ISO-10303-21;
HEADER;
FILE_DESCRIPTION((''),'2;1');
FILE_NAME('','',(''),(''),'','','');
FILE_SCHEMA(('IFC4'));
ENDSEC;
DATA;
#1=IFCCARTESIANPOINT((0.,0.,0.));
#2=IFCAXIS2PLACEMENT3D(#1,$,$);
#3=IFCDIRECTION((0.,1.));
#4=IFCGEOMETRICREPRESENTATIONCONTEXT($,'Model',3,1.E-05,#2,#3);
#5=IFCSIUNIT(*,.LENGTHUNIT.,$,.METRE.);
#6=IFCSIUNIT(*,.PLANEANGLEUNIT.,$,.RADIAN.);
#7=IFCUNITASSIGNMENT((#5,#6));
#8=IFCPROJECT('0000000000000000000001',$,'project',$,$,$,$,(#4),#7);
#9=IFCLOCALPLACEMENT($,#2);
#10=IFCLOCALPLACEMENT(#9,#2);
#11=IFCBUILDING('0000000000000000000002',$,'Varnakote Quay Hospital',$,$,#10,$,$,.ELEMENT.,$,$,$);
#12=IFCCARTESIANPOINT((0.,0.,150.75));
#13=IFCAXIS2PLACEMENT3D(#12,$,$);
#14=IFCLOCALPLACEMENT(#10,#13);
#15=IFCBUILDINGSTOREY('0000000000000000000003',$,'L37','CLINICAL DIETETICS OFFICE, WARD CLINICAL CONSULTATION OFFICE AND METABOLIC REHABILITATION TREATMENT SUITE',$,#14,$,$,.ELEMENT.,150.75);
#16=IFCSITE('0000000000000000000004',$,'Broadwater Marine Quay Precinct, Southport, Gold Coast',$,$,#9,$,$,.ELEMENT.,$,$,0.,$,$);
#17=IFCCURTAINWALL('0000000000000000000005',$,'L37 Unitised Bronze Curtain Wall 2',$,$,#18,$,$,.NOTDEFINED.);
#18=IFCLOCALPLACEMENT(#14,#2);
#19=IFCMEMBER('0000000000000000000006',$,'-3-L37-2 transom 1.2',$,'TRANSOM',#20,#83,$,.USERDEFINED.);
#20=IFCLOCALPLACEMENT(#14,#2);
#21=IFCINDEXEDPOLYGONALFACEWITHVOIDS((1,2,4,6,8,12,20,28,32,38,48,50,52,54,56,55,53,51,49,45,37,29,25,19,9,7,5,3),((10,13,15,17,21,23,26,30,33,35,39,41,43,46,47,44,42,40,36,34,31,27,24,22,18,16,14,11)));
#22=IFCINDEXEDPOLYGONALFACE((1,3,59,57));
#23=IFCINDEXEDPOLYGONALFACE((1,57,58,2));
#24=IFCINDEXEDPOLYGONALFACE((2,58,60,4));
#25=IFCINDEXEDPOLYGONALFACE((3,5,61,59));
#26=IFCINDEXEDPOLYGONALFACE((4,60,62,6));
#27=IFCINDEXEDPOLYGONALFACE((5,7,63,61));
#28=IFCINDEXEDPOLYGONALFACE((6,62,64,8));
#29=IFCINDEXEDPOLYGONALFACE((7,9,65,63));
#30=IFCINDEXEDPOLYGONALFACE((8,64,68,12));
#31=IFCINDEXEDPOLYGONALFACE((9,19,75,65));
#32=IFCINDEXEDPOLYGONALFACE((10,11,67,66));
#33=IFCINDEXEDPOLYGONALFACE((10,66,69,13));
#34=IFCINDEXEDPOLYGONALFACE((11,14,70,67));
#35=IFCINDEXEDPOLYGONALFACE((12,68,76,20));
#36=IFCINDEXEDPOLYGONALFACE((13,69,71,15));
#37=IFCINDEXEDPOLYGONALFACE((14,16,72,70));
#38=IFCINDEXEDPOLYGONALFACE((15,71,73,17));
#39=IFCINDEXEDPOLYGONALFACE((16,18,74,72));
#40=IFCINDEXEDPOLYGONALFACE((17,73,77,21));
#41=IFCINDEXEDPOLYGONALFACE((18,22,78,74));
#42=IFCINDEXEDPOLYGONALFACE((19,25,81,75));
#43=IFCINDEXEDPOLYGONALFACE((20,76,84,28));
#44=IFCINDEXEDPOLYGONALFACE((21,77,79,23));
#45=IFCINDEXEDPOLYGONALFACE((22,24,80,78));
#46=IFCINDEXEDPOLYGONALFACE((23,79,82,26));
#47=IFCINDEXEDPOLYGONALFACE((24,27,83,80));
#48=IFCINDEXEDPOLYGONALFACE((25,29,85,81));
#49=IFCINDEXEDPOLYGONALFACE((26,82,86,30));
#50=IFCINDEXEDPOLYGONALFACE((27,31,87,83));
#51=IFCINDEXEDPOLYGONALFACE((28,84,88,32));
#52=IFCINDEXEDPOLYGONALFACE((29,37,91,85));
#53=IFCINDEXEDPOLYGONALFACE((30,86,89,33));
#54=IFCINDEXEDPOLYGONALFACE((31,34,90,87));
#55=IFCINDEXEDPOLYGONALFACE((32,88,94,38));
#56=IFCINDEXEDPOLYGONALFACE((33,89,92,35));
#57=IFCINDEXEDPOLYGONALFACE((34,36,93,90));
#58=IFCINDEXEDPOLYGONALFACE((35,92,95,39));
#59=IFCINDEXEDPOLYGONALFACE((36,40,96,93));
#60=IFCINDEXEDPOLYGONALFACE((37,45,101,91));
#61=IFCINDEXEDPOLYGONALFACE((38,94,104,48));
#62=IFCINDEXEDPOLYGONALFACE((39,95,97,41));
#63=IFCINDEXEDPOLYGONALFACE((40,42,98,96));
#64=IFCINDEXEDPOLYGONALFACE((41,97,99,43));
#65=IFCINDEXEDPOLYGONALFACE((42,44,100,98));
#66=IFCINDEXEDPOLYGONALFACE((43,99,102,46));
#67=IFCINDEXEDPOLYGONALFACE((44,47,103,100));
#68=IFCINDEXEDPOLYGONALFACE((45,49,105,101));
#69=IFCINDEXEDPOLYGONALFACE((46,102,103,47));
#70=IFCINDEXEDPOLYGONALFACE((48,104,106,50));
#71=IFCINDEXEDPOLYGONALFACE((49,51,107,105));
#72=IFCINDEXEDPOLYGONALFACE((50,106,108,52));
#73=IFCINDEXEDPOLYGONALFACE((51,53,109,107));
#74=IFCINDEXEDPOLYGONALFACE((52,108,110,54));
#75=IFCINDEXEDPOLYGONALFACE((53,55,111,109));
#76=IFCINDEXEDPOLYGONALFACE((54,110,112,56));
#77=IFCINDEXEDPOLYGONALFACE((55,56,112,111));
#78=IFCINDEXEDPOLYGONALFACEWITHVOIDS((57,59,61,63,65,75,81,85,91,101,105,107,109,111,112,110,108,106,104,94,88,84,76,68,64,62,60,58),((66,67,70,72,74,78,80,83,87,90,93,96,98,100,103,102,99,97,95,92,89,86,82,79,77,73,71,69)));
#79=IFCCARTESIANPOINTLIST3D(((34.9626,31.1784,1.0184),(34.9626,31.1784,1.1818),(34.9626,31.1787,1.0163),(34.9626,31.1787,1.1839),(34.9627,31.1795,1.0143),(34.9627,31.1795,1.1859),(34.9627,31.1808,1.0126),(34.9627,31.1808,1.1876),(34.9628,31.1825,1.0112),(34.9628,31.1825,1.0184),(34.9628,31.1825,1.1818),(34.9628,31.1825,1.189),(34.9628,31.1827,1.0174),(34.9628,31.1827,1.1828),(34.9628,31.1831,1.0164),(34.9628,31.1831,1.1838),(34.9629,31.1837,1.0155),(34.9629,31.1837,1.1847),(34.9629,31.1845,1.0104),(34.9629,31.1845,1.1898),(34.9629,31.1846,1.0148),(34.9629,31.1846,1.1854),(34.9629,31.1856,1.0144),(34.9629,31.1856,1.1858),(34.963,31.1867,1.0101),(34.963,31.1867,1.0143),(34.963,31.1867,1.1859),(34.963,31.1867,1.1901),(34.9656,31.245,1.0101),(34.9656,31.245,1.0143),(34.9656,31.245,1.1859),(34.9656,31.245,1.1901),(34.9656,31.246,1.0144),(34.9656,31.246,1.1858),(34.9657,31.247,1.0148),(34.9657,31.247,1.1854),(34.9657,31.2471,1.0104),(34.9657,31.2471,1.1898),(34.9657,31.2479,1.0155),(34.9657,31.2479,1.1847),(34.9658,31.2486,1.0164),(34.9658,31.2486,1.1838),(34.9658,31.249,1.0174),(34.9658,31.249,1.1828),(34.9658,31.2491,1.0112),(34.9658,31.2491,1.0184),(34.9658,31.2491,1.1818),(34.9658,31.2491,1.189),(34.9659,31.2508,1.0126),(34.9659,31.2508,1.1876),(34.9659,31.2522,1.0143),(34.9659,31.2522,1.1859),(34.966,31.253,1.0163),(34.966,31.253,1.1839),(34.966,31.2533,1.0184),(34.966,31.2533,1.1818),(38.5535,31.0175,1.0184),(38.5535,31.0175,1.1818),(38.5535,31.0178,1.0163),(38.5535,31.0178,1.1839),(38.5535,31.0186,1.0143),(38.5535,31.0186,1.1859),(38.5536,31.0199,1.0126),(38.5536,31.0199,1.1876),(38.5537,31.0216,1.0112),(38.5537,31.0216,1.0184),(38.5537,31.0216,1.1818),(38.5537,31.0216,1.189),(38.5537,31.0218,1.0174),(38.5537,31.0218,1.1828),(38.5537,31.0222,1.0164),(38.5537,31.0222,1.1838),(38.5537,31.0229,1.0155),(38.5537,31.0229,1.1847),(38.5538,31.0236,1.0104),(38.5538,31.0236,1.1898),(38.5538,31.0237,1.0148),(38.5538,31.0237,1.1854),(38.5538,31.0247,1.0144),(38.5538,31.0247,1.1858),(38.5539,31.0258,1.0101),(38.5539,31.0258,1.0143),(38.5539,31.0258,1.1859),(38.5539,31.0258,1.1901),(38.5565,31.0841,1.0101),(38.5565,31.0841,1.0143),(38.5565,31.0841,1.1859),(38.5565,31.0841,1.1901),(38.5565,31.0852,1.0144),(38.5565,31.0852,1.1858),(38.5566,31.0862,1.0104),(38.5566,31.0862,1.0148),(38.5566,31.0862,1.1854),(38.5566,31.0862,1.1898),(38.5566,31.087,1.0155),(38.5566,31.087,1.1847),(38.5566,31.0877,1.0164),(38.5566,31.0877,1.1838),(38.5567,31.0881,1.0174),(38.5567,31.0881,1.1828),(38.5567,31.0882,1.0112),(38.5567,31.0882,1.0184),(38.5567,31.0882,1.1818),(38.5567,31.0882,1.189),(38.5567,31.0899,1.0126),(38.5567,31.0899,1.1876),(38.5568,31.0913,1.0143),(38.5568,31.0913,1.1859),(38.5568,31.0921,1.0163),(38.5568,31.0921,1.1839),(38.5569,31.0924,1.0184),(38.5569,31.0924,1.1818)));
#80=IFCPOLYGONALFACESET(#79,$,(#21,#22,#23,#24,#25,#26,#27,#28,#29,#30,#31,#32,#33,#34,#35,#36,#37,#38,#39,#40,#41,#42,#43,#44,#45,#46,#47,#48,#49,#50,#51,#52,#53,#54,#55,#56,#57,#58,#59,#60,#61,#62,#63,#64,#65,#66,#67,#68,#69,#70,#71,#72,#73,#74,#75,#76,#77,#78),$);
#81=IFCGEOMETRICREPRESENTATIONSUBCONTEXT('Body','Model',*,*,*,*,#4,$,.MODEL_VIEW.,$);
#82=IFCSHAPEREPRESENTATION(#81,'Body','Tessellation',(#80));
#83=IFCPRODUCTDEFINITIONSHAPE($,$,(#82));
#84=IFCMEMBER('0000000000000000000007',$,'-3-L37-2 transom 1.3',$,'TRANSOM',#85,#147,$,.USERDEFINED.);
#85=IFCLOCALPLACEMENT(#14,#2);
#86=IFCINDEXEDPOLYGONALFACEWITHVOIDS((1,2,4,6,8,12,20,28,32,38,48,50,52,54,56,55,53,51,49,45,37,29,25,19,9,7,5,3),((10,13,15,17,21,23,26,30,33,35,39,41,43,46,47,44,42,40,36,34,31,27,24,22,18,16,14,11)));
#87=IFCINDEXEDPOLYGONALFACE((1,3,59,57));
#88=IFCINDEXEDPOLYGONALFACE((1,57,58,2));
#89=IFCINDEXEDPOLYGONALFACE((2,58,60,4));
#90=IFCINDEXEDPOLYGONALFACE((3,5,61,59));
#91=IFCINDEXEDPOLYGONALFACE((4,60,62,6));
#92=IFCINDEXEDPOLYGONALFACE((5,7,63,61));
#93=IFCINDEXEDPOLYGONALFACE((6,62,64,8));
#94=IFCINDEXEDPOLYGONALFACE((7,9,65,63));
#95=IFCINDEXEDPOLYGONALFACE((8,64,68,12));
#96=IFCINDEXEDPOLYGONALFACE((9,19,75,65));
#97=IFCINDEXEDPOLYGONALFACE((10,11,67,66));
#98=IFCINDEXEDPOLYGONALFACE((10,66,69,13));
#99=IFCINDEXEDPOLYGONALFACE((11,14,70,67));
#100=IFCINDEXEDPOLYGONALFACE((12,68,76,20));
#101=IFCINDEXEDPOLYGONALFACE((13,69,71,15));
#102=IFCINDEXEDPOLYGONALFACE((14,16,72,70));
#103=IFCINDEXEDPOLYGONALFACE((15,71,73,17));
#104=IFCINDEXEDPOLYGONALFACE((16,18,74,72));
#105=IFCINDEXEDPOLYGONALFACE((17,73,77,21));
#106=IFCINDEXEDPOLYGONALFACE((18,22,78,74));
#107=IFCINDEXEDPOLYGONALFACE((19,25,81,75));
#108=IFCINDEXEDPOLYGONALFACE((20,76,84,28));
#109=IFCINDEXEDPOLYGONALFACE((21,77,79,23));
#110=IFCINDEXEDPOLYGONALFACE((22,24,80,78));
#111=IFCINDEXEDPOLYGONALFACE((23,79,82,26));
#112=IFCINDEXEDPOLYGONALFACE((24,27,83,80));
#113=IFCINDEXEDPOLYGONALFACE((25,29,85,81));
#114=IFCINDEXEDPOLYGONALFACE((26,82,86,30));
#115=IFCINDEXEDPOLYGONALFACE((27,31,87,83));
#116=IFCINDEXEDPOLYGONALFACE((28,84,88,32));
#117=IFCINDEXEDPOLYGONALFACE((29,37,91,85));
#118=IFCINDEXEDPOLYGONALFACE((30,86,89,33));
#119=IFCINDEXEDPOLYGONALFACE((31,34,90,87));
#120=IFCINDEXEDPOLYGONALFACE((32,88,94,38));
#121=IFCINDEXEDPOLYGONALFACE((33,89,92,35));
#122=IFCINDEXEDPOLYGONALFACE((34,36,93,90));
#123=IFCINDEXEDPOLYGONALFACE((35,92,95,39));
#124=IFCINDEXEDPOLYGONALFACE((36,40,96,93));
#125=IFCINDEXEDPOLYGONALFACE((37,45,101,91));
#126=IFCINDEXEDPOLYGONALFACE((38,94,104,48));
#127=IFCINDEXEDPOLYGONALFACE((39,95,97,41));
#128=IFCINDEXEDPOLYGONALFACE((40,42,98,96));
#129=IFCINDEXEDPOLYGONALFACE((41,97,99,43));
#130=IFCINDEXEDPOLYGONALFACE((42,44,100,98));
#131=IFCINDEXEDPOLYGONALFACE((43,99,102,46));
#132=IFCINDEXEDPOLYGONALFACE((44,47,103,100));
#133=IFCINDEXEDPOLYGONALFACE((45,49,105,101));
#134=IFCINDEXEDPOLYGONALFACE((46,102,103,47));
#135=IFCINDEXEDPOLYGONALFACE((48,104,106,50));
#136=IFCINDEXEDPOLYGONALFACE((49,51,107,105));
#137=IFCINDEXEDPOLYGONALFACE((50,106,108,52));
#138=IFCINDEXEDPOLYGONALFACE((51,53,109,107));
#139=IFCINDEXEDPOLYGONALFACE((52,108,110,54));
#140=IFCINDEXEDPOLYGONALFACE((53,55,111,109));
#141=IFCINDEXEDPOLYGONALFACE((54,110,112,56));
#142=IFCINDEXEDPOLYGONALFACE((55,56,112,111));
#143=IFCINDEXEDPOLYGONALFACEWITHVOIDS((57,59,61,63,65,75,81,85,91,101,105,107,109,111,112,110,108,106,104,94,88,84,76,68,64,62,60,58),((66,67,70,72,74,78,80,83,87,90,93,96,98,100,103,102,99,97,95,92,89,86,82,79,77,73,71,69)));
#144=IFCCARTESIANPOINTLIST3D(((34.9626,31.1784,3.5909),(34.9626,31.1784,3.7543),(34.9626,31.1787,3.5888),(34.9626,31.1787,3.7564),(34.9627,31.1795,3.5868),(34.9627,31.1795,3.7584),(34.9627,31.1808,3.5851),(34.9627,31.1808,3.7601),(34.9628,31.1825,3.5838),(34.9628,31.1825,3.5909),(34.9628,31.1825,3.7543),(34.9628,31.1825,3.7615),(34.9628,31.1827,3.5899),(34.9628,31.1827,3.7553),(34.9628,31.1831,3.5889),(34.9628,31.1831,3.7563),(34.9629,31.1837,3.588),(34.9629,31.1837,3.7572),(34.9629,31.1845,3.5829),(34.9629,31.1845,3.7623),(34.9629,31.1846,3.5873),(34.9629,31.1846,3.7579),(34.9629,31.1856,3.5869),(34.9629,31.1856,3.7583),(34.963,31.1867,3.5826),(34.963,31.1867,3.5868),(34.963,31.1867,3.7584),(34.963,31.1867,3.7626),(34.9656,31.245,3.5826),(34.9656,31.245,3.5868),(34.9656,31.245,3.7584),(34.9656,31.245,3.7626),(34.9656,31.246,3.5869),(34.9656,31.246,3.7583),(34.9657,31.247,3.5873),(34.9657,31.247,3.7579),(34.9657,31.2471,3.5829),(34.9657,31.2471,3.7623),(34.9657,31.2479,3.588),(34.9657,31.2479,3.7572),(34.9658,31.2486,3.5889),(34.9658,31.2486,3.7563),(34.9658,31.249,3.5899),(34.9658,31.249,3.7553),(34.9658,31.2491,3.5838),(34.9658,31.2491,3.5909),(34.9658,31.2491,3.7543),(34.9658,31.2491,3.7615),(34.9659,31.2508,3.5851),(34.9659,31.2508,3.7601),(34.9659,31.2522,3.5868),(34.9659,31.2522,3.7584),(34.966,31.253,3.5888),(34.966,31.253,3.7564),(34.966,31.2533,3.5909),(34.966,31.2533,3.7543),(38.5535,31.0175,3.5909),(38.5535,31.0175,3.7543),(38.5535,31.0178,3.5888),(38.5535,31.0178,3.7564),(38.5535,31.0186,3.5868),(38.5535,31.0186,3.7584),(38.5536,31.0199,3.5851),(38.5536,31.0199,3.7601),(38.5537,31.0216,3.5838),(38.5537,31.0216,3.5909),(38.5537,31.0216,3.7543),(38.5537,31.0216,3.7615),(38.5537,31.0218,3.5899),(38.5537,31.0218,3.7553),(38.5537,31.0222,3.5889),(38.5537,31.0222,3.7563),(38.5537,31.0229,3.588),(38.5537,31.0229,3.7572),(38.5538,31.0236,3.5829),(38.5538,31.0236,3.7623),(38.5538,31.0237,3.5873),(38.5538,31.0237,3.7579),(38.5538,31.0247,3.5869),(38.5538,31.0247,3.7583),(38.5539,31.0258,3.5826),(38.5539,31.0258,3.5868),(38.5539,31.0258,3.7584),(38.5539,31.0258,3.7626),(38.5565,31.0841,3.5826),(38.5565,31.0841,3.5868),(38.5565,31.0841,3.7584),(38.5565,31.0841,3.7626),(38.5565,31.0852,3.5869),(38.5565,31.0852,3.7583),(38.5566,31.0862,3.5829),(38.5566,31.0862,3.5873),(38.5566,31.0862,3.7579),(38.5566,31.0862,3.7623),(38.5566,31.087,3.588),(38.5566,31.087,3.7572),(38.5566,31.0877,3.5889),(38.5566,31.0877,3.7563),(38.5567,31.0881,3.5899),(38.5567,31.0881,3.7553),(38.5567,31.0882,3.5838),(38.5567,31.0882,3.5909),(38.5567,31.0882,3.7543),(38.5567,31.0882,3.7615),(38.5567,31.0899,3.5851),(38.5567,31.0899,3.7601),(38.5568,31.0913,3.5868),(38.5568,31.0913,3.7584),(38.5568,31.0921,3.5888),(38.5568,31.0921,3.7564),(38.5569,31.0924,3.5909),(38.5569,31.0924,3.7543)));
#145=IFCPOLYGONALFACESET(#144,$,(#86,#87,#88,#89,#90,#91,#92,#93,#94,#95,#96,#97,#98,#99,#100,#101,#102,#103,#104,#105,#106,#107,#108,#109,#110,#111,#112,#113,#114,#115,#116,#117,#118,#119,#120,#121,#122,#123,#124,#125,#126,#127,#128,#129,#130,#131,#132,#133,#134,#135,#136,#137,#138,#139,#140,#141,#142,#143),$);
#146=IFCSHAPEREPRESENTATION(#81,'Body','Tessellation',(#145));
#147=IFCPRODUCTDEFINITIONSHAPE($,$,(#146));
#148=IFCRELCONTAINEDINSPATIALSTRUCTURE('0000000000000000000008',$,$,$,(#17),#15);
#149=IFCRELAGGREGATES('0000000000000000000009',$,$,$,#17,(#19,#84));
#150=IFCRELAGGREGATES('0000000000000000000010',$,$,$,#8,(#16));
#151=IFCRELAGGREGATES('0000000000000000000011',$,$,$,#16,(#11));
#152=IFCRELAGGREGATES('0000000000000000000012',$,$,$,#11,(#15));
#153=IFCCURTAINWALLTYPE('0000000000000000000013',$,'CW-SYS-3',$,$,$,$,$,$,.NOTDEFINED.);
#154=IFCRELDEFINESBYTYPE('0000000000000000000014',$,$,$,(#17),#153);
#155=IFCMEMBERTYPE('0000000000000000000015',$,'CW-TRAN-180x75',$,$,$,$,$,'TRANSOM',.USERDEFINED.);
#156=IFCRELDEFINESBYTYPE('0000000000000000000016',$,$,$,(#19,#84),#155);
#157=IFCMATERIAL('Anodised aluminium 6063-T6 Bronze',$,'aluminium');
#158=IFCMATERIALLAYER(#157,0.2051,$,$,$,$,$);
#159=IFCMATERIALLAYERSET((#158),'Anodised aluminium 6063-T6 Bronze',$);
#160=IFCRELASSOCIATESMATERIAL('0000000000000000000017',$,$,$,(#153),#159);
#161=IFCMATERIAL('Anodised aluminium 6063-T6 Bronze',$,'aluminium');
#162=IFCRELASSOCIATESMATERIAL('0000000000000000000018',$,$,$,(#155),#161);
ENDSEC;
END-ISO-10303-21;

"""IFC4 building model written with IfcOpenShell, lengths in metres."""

from ifc_helpers import new_model, si_unit, direction, frame, origin, origin_2d, place, context, subcontext, project, spatial, hollow_rectangle, extrude, material, layer, layer_set, material_profile, profile_set, type_object, element, aggregate, save


model = new_model("IFC4")

# Units and contexts
model_context = context("Model", 3, precision=1e-05, world=origin(), true_north=direction((0.0, 1.0)))
body_context = subcontext(model_context, "Body", "Model", "MODEL_VIEW")
ifc_project = project(units=[si_unit("LENGTHUNIT", "METRE"), si_unit("PLANEANGLEUNIT", "RADIAN")], contexts=[model_context])

# Site, building, storey
site_placement = place(None, origin())
site = spatial("IfcSite", under=ifc_project, at=site_placement, Name="Broadwater Marine Quay Precinct, Southport, Gold Coast", CompositionType="ELEMENT", RefElevation=0.0)
building_placement = place(site_placement, origin())
building = spatial("IfcBuilding", under=site, at=building_placement, Name="Varnakote Quay Hospital", CompositionType="ELEMENT")
storey_placement = place(building_placement, frame((0.0, 0.0, 150.75)))
storey = spatial("IfcBuildingStorey", under=building, at=storey_placement, Name="L37", Description="CLINICAL DIETETICS OFFICE, WARD CLINICAL CONSULTATION OFFICE AND METABOLIC REHABILITATION TREATMENT SUITE", CompositionType="ELEMENT", Elevation=150.75)

# Shared definitions
ifc_material_1 = material(Name="Anodised aluminium 6063-T6 Bronze", Category="aluminium")
ifc_layer_1 = layer(ifc_material_1, 0.2051)
ifc_layer_set_1 = layer_set([ifc_layer_1], Name="Anodised aluminium 6063-T6 Bronze")
curtain_wall_type = type_object("IfcCurtainWallType", Name="CW-SYS-3", PredefinedType="NOTDEFINED", material=ifc_layer_set_1)

# Curtain wall, members
curtain_wall_1_placement = place(storey_placement, origin())
curtain_wall_1 = element("IfcCurtainWall", 1, at=curtain_wall_1_placement, inside=storey, type_object=curtain_wall_type, Name="L37 Unitised Bronze Curtain Wall 2", PredefinedType="NOTDEFINED")
ifc_material_2 = material(Name="Anodised aluminium 6063-T6 Bronze", Category="aluminium")
ifc_material_profile_1 = material_profile(ifc_material_2, hollow_rectangle(XDim=0.075, YDim=0.1799, WallThickness=0.0042, InnerFilletRadius=0.0042, OuterFilletRadius=0.0083, at=origin_2d()), Name="CW-TRAN-180x75")
ifc_profile_set_1 = profile_set([ifc_material_profile_1], Name="Anodised aluminium 6063-T6 Bronze")
member_type_1 = type_object("IfcMemberType", Name="CW-TRAN-180x75", ElementType="TRANSOM", PredefinedType="USERDEFINED", material=ifc_profile_set_1)
member_1_placement = place(storey_placement, frame((38.5552, 31.0549, 1.1001), z_axis=(-0.998998, 0.044761, 0.0), x_axis=(-0.044761, -0.998998, 0.0)))
member_1 = element("IfcMember", 2, at=member_1_placement, type_object=member_type_1, Name="-3-L37-2 transom 1.2", ObjectType="TRANSOM", PredefinedType="USERDEFINED", context=body_context, shape_type="SweptSolid", body=[
    extrude(hollow_rectangle(XDim=0.075, YDim=0.1799, WallThickness=0.0042, InnerFilletRadius=0.0042, OuterFilletRadius=0.0083, at=origin_2d()), origin(), (0.0, 0.0, 1.0), 3.5945),
])
member_2_placement = place(storey_placement, frame((38.5552, 31.0549, 3.6726), z_axis=(-0.998998, 0.044761, 0.0), x_axis=(-0.044761, -0.998998, 0.0)))
member_2 = element("IfcMember", 3, at=member_2_placement, type_object=member_type_1, Name="-3-L37-2 transom 1.3", ObjectType="TRANSOM", PredefinedType="USERDEFINED", context=body_context, shape_type="SweptSolid", body=[
    extrude(hollow_rectangle(XDim=0.075, YDim=0.1799, WallThickness=0.0042, InnerFilletRadius=0.0042, OuterFilletRadius=0.0083, at=origin_2d()), origin(), (0.0, 0.0, 1.0), 3.5945),
])

aggregate(curtain_wall_1, [member_1, member_2])

save(model, "model.ifc")
